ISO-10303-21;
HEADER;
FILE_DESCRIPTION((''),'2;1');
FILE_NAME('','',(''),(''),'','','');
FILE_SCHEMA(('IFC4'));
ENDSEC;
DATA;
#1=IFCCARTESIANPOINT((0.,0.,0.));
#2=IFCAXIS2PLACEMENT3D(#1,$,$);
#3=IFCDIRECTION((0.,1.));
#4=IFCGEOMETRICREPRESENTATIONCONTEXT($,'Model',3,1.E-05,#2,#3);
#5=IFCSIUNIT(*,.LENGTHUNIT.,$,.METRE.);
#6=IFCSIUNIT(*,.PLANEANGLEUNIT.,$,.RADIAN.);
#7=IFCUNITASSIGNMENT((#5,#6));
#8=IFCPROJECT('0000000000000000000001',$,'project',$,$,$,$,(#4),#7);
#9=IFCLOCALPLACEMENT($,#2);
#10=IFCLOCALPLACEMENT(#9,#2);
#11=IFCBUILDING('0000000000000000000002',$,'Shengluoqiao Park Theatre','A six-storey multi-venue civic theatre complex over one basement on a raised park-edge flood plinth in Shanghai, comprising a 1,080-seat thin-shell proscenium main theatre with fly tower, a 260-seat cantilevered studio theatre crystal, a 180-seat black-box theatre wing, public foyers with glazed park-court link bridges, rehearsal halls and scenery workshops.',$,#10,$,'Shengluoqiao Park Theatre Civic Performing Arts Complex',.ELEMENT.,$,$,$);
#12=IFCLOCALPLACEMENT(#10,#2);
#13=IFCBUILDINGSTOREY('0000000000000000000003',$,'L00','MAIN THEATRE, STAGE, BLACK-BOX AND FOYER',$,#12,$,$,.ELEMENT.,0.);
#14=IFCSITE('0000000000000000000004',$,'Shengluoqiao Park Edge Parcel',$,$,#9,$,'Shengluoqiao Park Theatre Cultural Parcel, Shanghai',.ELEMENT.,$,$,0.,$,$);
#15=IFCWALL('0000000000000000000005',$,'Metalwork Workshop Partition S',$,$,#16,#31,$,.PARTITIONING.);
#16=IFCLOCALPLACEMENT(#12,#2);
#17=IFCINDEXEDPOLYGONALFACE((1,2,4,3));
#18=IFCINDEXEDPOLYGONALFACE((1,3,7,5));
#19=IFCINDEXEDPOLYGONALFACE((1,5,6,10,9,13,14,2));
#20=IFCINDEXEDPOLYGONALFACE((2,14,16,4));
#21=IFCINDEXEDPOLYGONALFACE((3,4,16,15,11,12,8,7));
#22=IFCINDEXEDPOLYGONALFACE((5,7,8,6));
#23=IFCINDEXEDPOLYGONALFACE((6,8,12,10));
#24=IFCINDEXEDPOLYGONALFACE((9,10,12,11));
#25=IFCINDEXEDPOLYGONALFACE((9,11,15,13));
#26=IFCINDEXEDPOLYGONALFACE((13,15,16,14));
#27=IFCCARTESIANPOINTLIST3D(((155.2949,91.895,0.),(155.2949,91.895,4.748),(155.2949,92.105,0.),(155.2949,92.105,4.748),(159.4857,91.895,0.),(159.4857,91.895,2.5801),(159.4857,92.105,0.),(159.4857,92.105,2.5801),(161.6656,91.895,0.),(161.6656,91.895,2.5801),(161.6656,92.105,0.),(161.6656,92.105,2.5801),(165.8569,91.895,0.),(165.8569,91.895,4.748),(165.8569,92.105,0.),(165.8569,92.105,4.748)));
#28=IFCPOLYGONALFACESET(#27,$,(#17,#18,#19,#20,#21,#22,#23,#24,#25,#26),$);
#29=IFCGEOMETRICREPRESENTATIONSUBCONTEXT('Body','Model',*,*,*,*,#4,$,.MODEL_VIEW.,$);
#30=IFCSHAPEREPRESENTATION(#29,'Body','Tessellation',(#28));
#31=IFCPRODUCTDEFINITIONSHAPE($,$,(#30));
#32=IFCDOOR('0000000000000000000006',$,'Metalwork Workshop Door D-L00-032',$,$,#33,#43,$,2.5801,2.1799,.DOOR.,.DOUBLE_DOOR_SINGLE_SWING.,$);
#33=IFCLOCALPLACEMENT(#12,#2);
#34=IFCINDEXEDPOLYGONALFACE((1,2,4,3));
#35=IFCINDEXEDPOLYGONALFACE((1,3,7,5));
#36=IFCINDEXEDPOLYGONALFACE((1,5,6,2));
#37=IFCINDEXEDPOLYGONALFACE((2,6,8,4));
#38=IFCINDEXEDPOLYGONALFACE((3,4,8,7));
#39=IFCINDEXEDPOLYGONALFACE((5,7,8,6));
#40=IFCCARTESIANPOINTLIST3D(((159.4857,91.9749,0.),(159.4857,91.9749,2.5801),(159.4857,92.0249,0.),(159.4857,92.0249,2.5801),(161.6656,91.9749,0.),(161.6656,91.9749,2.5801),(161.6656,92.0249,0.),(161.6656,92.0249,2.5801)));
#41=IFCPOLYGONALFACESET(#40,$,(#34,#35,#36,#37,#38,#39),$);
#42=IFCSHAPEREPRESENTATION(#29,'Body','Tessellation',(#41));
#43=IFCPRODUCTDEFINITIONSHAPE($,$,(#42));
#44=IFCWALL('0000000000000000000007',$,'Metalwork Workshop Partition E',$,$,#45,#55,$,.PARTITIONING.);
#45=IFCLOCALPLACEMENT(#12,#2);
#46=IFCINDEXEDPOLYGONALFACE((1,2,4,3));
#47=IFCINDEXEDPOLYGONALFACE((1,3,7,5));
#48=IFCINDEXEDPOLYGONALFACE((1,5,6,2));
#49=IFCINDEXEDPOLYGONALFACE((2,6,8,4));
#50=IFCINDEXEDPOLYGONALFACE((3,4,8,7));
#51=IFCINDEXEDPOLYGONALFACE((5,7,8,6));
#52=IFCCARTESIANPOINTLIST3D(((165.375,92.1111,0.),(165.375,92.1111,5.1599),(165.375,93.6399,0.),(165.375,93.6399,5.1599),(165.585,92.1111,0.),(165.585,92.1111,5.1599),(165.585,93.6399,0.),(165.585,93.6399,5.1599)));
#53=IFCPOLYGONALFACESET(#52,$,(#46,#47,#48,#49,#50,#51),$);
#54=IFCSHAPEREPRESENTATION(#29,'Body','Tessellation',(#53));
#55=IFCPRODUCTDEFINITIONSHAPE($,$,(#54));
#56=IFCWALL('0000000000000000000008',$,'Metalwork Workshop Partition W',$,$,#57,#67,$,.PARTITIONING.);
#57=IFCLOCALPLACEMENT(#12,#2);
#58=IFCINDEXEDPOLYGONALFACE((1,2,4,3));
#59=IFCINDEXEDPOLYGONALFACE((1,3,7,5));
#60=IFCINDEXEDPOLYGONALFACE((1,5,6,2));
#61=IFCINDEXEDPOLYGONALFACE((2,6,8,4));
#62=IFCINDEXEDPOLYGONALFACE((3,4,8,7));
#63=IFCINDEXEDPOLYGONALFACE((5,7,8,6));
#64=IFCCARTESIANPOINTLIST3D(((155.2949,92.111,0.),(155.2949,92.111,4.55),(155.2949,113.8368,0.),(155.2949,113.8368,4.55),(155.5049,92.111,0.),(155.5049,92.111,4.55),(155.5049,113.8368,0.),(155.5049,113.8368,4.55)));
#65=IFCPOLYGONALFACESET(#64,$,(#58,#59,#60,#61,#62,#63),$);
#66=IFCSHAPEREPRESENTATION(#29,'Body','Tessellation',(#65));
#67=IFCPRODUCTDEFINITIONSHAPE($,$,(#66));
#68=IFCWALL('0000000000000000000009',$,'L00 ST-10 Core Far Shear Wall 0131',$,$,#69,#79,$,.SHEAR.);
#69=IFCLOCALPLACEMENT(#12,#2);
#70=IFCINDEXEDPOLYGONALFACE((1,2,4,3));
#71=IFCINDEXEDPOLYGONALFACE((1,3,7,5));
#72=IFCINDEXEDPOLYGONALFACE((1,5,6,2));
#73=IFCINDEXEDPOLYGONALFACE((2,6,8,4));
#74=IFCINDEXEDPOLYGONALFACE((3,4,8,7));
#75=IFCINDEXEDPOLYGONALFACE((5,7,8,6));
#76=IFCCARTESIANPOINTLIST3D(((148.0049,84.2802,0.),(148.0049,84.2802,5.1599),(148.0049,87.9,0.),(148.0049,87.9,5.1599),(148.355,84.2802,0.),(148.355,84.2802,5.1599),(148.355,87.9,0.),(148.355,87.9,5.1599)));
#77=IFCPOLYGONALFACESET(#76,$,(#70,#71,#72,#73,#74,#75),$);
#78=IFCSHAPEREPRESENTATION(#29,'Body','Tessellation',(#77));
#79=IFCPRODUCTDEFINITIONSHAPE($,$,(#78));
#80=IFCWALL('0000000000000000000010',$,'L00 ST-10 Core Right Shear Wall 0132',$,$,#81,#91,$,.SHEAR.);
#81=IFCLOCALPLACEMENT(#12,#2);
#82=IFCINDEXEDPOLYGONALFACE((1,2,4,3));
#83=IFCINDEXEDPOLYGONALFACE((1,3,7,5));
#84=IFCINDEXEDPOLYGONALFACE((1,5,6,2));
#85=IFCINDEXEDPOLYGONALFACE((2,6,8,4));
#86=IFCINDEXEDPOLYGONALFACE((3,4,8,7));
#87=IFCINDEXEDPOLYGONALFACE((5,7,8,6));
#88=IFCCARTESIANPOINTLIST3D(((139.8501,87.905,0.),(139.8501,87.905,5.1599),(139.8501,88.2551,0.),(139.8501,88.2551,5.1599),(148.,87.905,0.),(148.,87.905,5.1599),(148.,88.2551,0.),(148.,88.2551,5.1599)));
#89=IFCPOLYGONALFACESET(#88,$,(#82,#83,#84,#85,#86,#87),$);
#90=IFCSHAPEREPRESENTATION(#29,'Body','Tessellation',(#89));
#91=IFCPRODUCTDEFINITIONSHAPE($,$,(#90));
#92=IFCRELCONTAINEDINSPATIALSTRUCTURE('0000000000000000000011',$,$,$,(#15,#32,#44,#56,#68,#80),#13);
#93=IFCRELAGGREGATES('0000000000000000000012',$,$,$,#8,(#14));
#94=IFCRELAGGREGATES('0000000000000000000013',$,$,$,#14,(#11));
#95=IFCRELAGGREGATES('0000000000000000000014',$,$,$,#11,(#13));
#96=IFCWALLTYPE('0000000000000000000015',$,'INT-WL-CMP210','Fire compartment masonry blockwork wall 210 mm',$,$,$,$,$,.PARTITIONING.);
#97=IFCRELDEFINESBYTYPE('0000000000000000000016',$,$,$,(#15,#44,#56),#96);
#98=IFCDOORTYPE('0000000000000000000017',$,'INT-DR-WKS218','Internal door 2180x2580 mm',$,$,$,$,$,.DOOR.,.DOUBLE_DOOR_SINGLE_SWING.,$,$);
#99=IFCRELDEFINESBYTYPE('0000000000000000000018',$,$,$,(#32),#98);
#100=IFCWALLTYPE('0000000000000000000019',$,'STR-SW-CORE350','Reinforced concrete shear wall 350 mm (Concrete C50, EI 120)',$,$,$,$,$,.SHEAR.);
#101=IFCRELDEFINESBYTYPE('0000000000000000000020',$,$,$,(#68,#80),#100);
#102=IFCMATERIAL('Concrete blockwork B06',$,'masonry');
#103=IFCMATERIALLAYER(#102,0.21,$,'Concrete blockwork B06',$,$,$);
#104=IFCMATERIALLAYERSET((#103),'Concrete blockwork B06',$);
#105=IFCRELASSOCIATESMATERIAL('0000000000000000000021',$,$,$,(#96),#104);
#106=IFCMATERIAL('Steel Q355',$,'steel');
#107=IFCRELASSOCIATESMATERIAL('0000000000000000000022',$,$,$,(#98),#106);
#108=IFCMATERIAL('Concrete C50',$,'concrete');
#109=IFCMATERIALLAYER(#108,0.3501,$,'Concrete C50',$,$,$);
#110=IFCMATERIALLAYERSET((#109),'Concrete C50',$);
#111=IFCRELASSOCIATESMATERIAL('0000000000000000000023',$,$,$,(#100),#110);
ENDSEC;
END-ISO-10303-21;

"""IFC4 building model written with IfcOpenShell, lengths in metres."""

from ifc_helpers import new_model, si_unit, direction, frame, frame_2d, origin, place, context, subcontext, project, spatial, rectangle, extrude, material, layer, layer_set, type_object, element, fill, save


model = new_model("IFC4")

# Units and contexts
model_context = context("Model", 3, precision=1e-05, world=origin(), true_north=direction((0.0, 1.0)))
body_context = subcontext(model_context, "Body", "Model", "MODEL_VIEW")
ifc_project = project(units=[si_unit("LENGTHUNIT", "METRE"), si_unit("PLANEANGLEUNIT", "RADIAN")], contexts=[model_context])

# Site, building, storey
site_placement = place(None, origin())
site = spatial("IfcSite", under=ifc_project, at=site_placement, Name="Shengluoqiao Park Edge Parcel", LongName="Shengluoqiao Park Theatre Cultural Parcel, Shanghai", CompositionType="ELEMENT", RefElevation=0.0)
building_placement = place(site_placement, origin())
building = spatial("IfcBuilding", under=site, at=building_placement, Name="Shengluoqiao Park Theatre", Description="A six-storey multi-venue civic theatre complex over one basement on a raised park-edge flood plinth in Shanghai, comprising a 1,080-seat thin-shell proscenium main theatre with fly tower, a 260-seat cantilevered studio theatre crystal, a 180-seat black-box theatre wing, public foyers with glazed park-court link bridges, rehearsal halls and scenery workshops.", LongName="Shengluoqiao Park Theatre Civic Performing Arts Complex", CompositionType="ELEMENT")
storey_placement = place(building_placement, origin())
storey = spatial("IfcBuildingStorey", under=building, at=storey_placement, Name="L00", Description="MAIN THEATRE, STAGE, BLACK-BOX AND FOYER", CompositionType="ELEMENT", Elevation=0.0)

# Shared definitions
ifc_material_1 = material(Name="Steel Q355", Category="steel")

# Shared definitions
ifc_material_2 = material(Name="Concrete blockwork B06", Category="masonry")
ifc_layer_1 = layer(ifc_material_2, 0.21, Name="Concrete blockwork B06")
ifc_layer_set_1 = layer_set([ifc_layer_1], Name="Concrete blockwork B06")
wall_type_1 = type_object("IfcWallType", Name="INT-WL-CMP210", Description="Fire compartment masonry blockwork wall 210 mm", PredefinedType="PARTITIONING", material=ifc_layer_set_1)

# Wall, opening, door
wall_1_placement = place(storey_placement, frame((155.2949, 92.0, 0.0), z_axis=(0.0, 0.0, 1.0), x_axis=(1.0, 0.0, 0.0)))
wall_1 = element("IfcWall", 1, at=wall_1_placement, inside=storey, type_object=wall_type_1, Name="Metalwork Workshop Partition S", PredefinedType="PARTITIONING", context=body_context, shape_type="SweptSolid", body=[
    extrude(rectangle(XDim=10.562, YDim=0.21, at=frame_2d((5.281, 0.0))), origin(), (0.0, 0.0, 1.0), 4.748),
])
opening_1_placement = place(wall_1_placement, frame((4.1909, 0.0, 0.0)))
opening_1 = element("IfcOpeningElement", 2, at=opening_1_placement, cuts=wall_1, PredefinedType="OPENING", context=body_context, shape_type="SweptSolid", body=[
    extrude(rectangle(XDim=2.1799, YDim=2.5801, at=frame_2d((1.0898, 1.29))), frame((0.0, 0.115, 0.0), z_axis=(0.0, -1.0, 0.0), x_axis=(1.0, 0.0, 0.0)), (0.0, 0.0, 1.0), 0.23),
])
door_type_1 = type_object("IfcDoorType", Name="INT-DR-WKS218", Description="Internal door 2180x2580 mm", OperationType="DOUBLE_DOOR_SINGLE_SWING", PredefinedType="DOOR", material=ifc_material_1)
door_1_placement = place(opening_1_placement, origin())
door_1 = element("IfcDoor", 3, at=door_1_placement, inside=storey, type_object=door_type_1, Name="Metalwork Workshop Door D-L00-032", OperationType="DOUBLE_DOOR_SINGLE_SWING", OverallHeight=2.5801, OverallWidth=2.1799, PredefinedType="DOOR", context=body_context, shape_type="SweptSolid", body=[
    extrude(rectangle(XDim=2.1799, YDim=2.5801, at=frame_2d((1.0898, 1.29))), frame((0.0, 0.0249, 0.0), z_axis=(0.0, -1.0, 0.0), x_axis=(1.0, 0.0, 0.0)), (0.0, 0.0, 1.0), 0.05),
])
fill(opening_1, door_1)

# Walls
wall_2_placement = place(storey_placement, frame((165.48, 92.1111, 0.0), z_axis=(0.0, 0.0, 1.0), x_axis=(0.0, 1.0, 0.0)))
element("IfcWall", 4, at=wall_2_placement, inside=storey, type_object=wall_type_1, Name="Metalwork Workshop Partition E", PredefinedType="PARTITIONING", context=body_context, shape_type="SweptSolid", body=[
    extrude(rectangle(XDim=1.5288, YDim=0.21, at=frame_2d((0.7644, 0.0))), origin(), (0.0, 0.0, 1.0), 5.1599),
])
wall_3_placement = place(storey_placement, frame((155.3999, 92.1111, 0.0), z_axis=(0.0, 0.0, 1.0), x_axis=(0.0, 1.0, 0.0)))
element("IfcWall", 5, at=wall_3_placement, inside=storey, type_object=wall_type_1, Name="Metalwork Workshop Partition W", PredefinedType="PARTITIONING", context=body_context, shape_type="SweptSolid", body=[
    extrude(rectangle(XDim=21.7258, YDim=0.21, at=frame_2d((10.8628, 0.0))), origin(), (0.0, 0.0, 1.0), 4.55),
])
ifc_material_3 = material(Name="Concrete C50", Category="concrete")
ifc_layer_2 = layer(ifc_material_3, 0.3501, Name="Concrete C50")
ifc_layer_set_2 = layer_set([ifc_layer_2], Name="Concrete C50")
wall_type_2 = type_object("IfcWallType", Name="STR-SW-CORE350", Description="Reinforced concrete shear wall 350 mm (Concrete C50, EI 120)", PredefinedType="SHEAR", material=ifc_layer_set_2)
wall_4_placement = place(storey_placement, frame((148.1799, 84.28, 0.0), z_axis=(0.0, 0.0, 1.0), x_axis=(0.0, 1.0, 0.0)))
element("IfcWall", 6, at=wall_4_placement, inside=storey, type_object=wall_type_2, Name="L00 ST-10 Core Far Shear Wall 0131", PredefinedType="SHEAR", context=body_context, shape_type="SweptSolid", body=[
    extrude(rectangle(XDim=3.6199, YDim=0.3501, at=frame_2d((1.8101, 0.0))), origin(), (0.0, 0.0, 1.0), 5.1599),
])
wall_5_placement = place(storey_placement, frame((148.0, 88.0801, 0.0), z_axis=(0.0, 0.0, 1.0), x_axis=(-1.0, 0.0, 0.0)))
element("IfcWall", 7, at=wall_5_placement, inside=storey, type_object=wall_type_2, Name="L00 ST-10 Core Right Shear Wall 0132", PredefinedType="SHEAR", context=body_context, shape_type="SweptSolid", body=[
    extrude(rectangle(XDim=8.1499, YDim=0.3501, at=frame_2d((4.075, 0.0))), origin(), (0.0, 0.0, 1.0), 5.1599),
])

save(model, "model.ifc")
